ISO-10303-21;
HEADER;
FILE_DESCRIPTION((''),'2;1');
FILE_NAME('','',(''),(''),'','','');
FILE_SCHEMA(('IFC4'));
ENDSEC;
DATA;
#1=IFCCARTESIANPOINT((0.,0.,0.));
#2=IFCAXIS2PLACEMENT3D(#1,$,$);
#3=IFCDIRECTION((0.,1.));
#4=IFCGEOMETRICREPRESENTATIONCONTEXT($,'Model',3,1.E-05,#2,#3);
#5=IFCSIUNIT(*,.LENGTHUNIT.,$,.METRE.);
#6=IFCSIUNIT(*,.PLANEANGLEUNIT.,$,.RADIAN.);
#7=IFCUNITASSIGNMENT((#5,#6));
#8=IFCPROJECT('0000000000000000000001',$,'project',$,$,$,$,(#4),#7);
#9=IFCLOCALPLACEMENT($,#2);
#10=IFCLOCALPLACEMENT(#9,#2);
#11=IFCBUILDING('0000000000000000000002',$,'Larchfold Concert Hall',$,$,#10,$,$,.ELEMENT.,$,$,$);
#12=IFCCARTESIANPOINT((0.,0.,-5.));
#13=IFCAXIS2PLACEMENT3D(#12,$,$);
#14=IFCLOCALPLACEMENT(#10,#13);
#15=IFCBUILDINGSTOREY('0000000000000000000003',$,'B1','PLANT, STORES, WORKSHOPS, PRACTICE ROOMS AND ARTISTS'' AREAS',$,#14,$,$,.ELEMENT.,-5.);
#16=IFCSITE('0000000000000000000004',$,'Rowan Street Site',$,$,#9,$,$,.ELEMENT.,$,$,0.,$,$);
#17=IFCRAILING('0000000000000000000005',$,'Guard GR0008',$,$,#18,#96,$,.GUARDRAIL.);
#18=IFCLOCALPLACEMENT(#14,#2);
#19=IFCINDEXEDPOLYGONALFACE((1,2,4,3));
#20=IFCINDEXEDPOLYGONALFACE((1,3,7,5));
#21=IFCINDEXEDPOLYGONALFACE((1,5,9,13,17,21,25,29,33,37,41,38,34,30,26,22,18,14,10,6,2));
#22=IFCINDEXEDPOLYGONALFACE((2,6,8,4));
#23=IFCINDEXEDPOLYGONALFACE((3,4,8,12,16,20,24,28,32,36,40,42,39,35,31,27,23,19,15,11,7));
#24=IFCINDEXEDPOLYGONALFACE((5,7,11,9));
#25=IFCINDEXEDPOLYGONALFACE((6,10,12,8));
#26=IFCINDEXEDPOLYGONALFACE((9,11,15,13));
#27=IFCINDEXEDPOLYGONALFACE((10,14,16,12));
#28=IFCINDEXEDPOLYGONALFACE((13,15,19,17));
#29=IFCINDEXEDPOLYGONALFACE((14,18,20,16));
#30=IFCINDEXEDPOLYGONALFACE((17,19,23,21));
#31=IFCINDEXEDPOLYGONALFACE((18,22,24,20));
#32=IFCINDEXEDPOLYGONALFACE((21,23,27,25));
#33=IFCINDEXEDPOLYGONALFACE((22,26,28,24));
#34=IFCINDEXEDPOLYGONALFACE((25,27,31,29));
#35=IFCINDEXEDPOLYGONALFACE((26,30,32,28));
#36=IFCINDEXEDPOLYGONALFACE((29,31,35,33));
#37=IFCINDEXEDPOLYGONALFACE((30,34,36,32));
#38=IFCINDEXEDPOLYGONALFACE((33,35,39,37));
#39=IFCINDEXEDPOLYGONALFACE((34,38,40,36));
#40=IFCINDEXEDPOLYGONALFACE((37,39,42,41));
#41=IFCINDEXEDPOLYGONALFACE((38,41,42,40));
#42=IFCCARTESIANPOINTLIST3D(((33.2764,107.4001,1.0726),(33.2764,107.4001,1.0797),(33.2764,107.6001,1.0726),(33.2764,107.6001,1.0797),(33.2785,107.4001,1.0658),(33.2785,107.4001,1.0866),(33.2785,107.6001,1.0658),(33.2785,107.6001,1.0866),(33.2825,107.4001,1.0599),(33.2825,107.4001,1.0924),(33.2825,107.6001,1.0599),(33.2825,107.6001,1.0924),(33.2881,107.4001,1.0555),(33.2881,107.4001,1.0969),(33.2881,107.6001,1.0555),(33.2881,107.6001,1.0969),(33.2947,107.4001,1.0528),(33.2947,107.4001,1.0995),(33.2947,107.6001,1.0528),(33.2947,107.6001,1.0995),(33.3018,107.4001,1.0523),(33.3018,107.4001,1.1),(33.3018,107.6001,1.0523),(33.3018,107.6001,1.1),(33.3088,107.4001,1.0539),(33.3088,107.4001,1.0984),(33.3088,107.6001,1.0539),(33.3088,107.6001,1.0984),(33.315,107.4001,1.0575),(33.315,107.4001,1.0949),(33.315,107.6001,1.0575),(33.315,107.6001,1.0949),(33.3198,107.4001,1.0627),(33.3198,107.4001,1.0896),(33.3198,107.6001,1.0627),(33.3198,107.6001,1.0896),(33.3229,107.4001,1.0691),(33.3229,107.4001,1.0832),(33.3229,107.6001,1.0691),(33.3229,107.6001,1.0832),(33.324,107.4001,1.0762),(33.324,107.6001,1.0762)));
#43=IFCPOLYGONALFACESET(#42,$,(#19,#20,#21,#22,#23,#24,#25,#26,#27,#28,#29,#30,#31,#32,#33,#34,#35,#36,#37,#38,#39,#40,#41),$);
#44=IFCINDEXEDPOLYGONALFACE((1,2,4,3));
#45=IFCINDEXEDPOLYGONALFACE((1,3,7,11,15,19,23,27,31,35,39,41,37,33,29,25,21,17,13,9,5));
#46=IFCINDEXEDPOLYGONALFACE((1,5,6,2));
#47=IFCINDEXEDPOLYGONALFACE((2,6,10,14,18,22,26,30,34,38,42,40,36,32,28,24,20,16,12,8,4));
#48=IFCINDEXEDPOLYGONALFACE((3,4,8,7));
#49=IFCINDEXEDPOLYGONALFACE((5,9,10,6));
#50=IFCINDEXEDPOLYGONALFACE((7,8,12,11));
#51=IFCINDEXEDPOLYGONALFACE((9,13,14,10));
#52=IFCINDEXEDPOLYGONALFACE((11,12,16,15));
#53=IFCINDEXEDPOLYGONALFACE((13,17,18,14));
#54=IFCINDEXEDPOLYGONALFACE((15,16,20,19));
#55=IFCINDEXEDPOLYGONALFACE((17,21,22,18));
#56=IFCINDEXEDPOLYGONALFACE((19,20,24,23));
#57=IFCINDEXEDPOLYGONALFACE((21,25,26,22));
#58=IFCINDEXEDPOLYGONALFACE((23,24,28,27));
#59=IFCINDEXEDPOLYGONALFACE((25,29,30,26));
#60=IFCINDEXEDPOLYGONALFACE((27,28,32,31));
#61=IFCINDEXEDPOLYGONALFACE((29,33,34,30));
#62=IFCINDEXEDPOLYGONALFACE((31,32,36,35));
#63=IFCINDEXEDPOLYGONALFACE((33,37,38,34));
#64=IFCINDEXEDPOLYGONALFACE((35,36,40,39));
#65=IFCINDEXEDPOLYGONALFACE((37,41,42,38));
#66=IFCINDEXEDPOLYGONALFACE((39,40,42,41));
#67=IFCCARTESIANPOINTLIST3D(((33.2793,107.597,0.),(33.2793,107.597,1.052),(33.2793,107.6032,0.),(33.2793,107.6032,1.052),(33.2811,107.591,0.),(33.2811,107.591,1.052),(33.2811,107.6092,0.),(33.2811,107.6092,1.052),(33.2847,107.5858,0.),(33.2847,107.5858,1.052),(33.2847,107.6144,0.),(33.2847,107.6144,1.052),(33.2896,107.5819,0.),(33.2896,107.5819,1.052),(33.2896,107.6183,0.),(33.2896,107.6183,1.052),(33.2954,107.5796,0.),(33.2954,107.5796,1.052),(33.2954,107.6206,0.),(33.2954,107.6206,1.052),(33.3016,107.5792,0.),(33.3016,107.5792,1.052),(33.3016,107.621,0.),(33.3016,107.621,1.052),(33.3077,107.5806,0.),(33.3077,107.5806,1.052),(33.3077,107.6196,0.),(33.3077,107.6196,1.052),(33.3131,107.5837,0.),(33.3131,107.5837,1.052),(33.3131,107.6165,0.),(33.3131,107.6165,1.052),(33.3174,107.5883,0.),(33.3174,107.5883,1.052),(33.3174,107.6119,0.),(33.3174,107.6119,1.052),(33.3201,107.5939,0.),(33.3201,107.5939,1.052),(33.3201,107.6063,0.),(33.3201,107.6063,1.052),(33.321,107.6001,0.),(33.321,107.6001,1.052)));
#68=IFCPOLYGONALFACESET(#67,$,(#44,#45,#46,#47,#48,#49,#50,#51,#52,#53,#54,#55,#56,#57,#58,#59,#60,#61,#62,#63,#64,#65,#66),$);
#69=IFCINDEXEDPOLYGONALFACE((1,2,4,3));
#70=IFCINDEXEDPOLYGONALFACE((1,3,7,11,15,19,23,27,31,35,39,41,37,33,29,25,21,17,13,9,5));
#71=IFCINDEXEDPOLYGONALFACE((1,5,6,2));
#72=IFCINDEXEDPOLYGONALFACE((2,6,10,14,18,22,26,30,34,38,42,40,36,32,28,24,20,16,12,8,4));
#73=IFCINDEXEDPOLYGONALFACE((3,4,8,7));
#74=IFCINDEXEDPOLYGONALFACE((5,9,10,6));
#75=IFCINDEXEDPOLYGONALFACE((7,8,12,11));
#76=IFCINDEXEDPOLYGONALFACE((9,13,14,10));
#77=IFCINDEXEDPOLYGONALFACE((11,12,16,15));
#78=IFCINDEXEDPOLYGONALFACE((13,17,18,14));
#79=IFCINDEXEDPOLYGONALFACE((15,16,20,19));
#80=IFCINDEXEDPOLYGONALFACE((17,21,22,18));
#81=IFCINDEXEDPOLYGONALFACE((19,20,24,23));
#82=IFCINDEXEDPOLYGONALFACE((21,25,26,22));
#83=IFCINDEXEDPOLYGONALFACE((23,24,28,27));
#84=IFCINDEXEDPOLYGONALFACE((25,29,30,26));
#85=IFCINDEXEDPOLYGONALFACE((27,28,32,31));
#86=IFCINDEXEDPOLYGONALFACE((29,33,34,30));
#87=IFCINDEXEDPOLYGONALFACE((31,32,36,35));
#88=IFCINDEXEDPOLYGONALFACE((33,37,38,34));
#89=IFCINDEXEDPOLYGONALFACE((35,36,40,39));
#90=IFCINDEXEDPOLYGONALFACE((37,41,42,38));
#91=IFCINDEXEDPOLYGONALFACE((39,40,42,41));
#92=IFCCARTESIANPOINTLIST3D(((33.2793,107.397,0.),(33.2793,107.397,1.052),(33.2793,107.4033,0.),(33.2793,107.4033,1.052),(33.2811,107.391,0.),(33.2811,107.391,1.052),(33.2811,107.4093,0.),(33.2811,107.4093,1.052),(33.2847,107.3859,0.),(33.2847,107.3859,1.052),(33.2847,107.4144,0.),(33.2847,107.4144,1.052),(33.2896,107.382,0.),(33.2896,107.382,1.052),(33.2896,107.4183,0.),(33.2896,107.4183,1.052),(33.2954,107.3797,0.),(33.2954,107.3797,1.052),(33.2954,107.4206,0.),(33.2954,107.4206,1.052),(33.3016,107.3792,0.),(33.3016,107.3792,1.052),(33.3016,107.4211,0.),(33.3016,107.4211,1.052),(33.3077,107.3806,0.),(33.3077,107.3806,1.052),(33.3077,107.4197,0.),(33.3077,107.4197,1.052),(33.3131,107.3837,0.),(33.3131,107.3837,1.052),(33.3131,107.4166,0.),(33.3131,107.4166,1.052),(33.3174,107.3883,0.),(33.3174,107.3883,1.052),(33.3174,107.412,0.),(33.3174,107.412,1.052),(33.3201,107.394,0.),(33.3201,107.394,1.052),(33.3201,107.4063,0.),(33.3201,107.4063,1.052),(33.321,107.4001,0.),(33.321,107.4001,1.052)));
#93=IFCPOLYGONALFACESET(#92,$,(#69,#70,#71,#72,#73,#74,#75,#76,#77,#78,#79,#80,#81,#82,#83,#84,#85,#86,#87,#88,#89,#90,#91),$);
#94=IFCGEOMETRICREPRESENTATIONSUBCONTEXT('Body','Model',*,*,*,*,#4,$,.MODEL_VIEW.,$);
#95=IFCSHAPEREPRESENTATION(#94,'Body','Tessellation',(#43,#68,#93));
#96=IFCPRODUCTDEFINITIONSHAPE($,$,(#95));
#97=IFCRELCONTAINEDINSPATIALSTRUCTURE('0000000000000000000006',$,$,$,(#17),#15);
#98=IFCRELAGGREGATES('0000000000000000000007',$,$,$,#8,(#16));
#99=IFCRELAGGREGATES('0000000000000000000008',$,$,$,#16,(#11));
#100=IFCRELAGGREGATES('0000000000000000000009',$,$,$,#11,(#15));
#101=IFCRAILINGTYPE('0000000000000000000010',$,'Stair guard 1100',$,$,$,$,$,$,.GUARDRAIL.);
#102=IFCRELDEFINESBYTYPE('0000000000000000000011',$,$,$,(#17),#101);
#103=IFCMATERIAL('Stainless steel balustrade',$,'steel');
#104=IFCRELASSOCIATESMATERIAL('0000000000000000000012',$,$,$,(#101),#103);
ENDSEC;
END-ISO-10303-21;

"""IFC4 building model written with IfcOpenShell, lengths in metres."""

from ifc_helpers import new_model, si_unit, direction, frame, origin, origin_2d, place, context, subcontext, project, spatial, circle, extrude, material, type_object, element, save


model = new_model("IFC4")

# Units and contexts
model_context = context("Model", 3, precision=1e-05, world=origin(), true_north=direction((0.0, 1.0)))
body_context = subcontext(model_context, "Body", "Model", "MODEL_VIEW")
ifc_project = project(units=[si_unit("LENGTHUNIT", "METRE"), si_unit("PLANEANGLEUNIT", "RADIAN")], contexts=[model_context])

# Site, building, storey
site_placement = place(None, origin())
site = spatial("IfcSite", under=ifc_project, at=site_placement, Name="Rowan Street Site", CompositionType="ELEMENT", RefElevation=0.0)
building_placement = place(site_placement, origin())
building = spatial("IfcBuilding", under=site, at=building_placement, Name="Larchfold Concert Hall", CompositionType="ELEMENT")
storey_placement = place(building_placement, frame((0.0, 0.0, -5.0)))
storey = spatial("IfcBuildingStorey", under=building, at=storey_placement, Name="B1", Description="PLANT, STORES, WORKSHOPS, PRACTICE ROOMS AND ARTISTS' AREAS", CompositionType="ELEMENT", Elevation=-5.0)

# Railing
ifc_material_1 = material(Name="Stainless steel balustrade", Category="steel")
railing_type_1 = type_object("IfcRailingType", Name="Stair guard 1100", PredefinedType="GUARDRAIL", material=ifc_material_1)
railing_1_placement = place(storey_placement, frame((33.3, 107.6001, 0.0)))
element("IfcRailing", 1, at=railing_1_placement, inside=storey, type_object=railing_type_1, Name="Guard GR0008", PredefinedType="GUARDRAIL", context=body_context, shape_type="SweptSolid", body=[
    extrude(circle(Radius=0.0239, at=origin_2d()), frame((0.0, 0.0, 1.0762), z_axis=(0.0, -1.0, 0.0), x_axis=(1.0, 0.0, 0.0)), (0.0, 0.0, 1.0), 0.2),
    extrude(circle(Radius=0.021, at=origin_2d()), origin(), (0.0, 0.0, 1.0), 1.052),
    extrude(circle(Radius=0.021, at=origin_2d()), frame((0.0, -0.2, 0.0)), (0.0, 0.0, 1.0), 1.052),
])

save(model, "model.ifc")
